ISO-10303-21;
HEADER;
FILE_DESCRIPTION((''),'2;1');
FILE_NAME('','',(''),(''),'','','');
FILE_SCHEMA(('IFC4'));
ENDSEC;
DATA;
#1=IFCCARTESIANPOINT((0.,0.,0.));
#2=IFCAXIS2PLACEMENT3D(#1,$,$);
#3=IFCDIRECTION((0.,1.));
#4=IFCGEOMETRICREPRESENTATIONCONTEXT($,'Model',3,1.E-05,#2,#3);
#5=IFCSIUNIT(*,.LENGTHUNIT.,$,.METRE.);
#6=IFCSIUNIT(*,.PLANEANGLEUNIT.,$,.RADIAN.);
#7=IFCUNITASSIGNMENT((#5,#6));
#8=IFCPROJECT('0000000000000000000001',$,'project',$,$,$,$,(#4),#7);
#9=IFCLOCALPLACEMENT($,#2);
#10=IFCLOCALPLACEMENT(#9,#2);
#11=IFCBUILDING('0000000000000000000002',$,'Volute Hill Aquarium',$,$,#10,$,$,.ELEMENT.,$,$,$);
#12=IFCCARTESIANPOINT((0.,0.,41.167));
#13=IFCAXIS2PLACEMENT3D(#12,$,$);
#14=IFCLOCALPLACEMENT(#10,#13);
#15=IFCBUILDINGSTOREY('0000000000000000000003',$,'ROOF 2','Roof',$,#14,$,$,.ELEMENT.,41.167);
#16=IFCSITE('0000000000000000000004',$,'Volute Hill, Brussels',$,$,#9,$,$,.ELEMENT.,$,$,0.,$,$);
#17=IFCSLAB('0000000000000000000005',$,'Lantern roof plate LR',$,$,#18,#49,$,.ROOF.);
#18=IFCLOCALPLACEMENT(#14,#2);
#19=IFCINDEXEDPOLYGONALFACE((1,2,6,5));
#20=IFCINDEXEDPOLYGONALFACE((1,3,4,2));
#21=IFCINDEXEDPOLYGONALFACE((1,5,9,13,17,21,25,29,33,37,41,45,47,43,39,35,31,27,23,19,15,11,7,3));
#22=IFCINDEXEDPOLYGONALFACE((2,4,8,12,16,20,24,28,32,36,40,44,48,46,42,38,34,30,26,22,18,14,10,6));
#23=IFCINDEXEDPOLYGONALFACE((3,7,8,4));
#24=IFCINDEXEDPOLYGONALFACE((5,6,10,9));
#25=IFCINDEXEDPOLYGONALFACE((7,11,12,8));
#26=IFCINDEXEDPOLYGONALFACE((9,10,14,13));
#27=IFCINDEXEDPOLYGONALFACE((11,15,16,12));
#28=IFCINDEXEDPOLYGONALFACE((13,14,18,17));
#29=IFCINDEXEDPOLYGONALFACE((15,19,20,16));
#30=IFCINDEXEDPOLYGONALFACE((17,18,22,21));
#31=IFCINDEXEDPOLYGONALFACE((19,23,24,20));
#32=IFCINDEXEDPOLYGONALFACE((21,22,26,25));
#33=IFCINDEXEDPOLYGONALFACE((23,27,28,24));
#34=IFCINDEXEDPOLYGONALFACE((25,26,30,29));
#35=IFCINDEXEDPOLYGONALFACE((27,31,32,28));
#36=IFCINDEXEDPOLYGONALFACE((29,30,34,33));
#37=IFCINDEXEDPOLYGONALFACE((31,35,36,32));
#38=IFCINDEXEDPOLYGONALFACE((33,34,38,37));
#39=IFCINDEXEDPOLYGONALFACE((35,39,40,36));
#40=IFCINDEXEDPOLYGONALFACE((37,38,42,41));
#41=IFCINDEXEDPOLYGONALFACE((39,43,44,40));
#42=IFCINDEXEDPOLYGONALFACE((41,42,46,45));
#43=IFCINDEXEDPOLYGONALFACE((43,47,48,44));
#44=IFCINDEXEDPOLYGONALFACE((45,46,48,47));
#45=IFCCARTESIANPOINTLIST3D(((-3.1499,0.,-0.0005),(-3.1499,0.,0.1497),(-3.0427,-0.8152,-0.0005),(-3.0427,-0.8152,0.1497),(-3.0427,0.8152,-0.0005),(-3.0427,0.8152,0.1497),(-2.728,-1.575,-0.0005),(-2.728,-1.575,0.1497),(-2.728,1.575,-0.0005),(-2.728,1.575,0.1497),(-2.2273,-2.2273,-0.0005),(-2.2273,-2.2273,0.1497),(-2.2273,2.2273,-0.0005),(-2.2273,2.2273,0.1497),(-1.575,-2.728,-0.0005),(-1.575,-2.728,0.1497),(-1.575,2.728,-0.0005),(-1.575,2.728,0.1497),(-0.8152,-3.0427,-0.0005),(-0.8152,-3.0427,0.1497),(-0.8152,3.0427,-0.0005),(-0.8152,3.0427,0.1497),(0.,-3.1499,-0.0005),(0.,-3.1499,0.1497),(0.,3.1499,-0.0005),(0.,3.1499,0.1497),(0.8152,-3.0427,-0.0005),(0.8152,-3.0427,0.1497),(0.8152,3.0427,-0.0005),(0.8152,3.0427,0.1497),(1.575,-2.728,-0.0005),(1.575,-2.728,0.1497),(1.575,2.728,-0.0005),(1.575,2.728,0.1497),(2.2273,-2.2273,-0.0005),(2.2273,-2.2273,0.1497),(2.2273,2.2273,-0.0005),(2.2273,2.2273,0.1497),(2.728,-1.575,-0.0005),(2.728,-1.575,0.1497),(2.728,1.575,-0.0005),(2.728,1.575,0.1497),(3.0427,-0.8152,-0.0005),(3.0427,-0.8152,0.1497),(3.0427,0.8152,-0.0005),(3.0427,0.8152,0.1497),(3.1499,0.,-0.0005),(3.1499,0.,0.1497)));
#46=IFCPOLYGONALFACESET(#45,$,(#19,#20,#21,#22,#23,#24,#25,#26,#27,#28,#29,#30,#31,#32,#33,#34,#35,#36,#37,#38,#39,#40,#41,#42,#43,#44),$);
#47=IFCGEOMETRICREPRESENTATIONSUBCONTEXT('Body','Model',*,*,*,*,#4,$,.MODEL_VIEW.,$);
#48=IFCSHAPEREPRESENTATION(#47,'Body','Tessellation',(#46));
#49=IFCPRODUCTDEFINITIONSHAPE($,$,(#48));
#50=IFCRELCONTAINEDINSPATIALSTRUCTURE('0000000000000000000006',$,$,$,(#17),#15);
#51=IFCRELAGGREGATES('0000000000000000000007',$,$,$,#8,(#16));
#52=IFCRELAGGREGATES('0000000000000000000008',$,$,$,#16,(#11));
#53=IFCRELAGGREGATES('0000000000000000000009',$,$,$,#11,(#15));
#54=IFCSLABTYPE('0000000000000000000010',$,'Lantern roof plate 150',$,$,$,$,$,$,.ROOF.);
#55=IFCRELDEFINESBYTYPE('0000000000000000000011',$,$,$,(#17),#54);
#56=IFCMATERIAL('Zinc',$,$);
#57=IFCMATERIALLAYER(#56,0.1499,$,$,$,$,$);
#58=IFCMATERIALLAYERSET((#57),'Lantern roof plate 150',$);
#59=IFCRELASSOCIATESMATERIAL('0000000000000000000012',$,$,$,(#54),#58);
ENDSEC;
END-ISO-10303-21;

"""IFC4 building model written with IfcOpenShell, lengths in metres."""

from ifc_helpers import new_model, si_unit, direction, frame, origin, place, context, subcontext, project, spatial, polyline, outline, extrude, material, layer, layer_set, type_object, element, save


model = new_model("IFC4")

# Units and contexts
model_context = context("Model", 3, precision=1e-05, world=origin(), true_north=direction((0.0, 1.0)))
body_context = subcontext(model_context, "Body", "Model", "MODEL_VIEW")
ifc_project = project(units=[si_unit("LENGTHUNIT", "METRE"), si_unit("PLANEANGLEUNIT", "RADIAN")], contexts=[model_context])

# Site, building, storey
site_placement = place(None, origin())
site = spatial("IfcSite", under=ifc_project, at=site_placement, Name="Volute Hill, Brussels", CompositionType="ELEMENT", RefElevation=0.0)
building_placement = place(site_placement, origin())
building = spatial("IfcBuilding", under=site, at=building_placement, Name="Volute Hill Aquarium", CompositionType="ELEMENT")
storey_placement = place(building_placement, frame((0.0, 0.0, 41.167)))
storey = spatial("IfcBuildingStorey", under=building, at=storey_placement, Name="ROOF 2", Description="Roof", CompositionType="ELEMENT", Elevation=41.167)

# Slab
ifc_material = material(Name="Zinc")
ifc_layer = layer(ifc_material, 0.1499)
ifc_layer_set = layer_set([ifc_layer], Name="Lantern roof plate 150")
slab_type = type_object("IfcSlabType", Name="Lantern roof plate 150", PredefinedType="ROOF", material=ifc_layer_set)
slab_placement = place(storey_placement, frame((0.0, 0.0, -0.0005)))
element("IfcSlab", 1, at=slab_placement, inside=storey, type_object=slab_type, Name="Lantern roof plate LR", PredefinedType="ROOF", context=body_context, shape_type="SweptSolid", body=[
    extrude(outline(polyline([(3.1499, 0.0), (3.0427, 0.8152), (2.728, 1.575), (2.2273, 2.2273), (1.575, 2.728), (0.8152, 3.0427), (0.0, 3.1499), (-0.8152, 3.0427), (-1.575, 2.728), (-2.2273, 2.2273), (-2.728, 1.575), (-3.0427, 0.8152), (-3.1499, 0.0), (-3.0427, -0.8152), (-2.728, -1.575), (-2.2273, -2.2273), (-1.575, -2.728), (-0.8152, -3.0427), (0.0, -3.1499), (0.8152, -3.0427), (1.575, -2.728), (2.2273, -2.2273), (2.728, -1.575), (3.0427, -0.8152), (3.1499, 0.0)])), origin(), (0.0, 0.0, 1.0), 0.1501),
])

save(model, "model.ifc")
